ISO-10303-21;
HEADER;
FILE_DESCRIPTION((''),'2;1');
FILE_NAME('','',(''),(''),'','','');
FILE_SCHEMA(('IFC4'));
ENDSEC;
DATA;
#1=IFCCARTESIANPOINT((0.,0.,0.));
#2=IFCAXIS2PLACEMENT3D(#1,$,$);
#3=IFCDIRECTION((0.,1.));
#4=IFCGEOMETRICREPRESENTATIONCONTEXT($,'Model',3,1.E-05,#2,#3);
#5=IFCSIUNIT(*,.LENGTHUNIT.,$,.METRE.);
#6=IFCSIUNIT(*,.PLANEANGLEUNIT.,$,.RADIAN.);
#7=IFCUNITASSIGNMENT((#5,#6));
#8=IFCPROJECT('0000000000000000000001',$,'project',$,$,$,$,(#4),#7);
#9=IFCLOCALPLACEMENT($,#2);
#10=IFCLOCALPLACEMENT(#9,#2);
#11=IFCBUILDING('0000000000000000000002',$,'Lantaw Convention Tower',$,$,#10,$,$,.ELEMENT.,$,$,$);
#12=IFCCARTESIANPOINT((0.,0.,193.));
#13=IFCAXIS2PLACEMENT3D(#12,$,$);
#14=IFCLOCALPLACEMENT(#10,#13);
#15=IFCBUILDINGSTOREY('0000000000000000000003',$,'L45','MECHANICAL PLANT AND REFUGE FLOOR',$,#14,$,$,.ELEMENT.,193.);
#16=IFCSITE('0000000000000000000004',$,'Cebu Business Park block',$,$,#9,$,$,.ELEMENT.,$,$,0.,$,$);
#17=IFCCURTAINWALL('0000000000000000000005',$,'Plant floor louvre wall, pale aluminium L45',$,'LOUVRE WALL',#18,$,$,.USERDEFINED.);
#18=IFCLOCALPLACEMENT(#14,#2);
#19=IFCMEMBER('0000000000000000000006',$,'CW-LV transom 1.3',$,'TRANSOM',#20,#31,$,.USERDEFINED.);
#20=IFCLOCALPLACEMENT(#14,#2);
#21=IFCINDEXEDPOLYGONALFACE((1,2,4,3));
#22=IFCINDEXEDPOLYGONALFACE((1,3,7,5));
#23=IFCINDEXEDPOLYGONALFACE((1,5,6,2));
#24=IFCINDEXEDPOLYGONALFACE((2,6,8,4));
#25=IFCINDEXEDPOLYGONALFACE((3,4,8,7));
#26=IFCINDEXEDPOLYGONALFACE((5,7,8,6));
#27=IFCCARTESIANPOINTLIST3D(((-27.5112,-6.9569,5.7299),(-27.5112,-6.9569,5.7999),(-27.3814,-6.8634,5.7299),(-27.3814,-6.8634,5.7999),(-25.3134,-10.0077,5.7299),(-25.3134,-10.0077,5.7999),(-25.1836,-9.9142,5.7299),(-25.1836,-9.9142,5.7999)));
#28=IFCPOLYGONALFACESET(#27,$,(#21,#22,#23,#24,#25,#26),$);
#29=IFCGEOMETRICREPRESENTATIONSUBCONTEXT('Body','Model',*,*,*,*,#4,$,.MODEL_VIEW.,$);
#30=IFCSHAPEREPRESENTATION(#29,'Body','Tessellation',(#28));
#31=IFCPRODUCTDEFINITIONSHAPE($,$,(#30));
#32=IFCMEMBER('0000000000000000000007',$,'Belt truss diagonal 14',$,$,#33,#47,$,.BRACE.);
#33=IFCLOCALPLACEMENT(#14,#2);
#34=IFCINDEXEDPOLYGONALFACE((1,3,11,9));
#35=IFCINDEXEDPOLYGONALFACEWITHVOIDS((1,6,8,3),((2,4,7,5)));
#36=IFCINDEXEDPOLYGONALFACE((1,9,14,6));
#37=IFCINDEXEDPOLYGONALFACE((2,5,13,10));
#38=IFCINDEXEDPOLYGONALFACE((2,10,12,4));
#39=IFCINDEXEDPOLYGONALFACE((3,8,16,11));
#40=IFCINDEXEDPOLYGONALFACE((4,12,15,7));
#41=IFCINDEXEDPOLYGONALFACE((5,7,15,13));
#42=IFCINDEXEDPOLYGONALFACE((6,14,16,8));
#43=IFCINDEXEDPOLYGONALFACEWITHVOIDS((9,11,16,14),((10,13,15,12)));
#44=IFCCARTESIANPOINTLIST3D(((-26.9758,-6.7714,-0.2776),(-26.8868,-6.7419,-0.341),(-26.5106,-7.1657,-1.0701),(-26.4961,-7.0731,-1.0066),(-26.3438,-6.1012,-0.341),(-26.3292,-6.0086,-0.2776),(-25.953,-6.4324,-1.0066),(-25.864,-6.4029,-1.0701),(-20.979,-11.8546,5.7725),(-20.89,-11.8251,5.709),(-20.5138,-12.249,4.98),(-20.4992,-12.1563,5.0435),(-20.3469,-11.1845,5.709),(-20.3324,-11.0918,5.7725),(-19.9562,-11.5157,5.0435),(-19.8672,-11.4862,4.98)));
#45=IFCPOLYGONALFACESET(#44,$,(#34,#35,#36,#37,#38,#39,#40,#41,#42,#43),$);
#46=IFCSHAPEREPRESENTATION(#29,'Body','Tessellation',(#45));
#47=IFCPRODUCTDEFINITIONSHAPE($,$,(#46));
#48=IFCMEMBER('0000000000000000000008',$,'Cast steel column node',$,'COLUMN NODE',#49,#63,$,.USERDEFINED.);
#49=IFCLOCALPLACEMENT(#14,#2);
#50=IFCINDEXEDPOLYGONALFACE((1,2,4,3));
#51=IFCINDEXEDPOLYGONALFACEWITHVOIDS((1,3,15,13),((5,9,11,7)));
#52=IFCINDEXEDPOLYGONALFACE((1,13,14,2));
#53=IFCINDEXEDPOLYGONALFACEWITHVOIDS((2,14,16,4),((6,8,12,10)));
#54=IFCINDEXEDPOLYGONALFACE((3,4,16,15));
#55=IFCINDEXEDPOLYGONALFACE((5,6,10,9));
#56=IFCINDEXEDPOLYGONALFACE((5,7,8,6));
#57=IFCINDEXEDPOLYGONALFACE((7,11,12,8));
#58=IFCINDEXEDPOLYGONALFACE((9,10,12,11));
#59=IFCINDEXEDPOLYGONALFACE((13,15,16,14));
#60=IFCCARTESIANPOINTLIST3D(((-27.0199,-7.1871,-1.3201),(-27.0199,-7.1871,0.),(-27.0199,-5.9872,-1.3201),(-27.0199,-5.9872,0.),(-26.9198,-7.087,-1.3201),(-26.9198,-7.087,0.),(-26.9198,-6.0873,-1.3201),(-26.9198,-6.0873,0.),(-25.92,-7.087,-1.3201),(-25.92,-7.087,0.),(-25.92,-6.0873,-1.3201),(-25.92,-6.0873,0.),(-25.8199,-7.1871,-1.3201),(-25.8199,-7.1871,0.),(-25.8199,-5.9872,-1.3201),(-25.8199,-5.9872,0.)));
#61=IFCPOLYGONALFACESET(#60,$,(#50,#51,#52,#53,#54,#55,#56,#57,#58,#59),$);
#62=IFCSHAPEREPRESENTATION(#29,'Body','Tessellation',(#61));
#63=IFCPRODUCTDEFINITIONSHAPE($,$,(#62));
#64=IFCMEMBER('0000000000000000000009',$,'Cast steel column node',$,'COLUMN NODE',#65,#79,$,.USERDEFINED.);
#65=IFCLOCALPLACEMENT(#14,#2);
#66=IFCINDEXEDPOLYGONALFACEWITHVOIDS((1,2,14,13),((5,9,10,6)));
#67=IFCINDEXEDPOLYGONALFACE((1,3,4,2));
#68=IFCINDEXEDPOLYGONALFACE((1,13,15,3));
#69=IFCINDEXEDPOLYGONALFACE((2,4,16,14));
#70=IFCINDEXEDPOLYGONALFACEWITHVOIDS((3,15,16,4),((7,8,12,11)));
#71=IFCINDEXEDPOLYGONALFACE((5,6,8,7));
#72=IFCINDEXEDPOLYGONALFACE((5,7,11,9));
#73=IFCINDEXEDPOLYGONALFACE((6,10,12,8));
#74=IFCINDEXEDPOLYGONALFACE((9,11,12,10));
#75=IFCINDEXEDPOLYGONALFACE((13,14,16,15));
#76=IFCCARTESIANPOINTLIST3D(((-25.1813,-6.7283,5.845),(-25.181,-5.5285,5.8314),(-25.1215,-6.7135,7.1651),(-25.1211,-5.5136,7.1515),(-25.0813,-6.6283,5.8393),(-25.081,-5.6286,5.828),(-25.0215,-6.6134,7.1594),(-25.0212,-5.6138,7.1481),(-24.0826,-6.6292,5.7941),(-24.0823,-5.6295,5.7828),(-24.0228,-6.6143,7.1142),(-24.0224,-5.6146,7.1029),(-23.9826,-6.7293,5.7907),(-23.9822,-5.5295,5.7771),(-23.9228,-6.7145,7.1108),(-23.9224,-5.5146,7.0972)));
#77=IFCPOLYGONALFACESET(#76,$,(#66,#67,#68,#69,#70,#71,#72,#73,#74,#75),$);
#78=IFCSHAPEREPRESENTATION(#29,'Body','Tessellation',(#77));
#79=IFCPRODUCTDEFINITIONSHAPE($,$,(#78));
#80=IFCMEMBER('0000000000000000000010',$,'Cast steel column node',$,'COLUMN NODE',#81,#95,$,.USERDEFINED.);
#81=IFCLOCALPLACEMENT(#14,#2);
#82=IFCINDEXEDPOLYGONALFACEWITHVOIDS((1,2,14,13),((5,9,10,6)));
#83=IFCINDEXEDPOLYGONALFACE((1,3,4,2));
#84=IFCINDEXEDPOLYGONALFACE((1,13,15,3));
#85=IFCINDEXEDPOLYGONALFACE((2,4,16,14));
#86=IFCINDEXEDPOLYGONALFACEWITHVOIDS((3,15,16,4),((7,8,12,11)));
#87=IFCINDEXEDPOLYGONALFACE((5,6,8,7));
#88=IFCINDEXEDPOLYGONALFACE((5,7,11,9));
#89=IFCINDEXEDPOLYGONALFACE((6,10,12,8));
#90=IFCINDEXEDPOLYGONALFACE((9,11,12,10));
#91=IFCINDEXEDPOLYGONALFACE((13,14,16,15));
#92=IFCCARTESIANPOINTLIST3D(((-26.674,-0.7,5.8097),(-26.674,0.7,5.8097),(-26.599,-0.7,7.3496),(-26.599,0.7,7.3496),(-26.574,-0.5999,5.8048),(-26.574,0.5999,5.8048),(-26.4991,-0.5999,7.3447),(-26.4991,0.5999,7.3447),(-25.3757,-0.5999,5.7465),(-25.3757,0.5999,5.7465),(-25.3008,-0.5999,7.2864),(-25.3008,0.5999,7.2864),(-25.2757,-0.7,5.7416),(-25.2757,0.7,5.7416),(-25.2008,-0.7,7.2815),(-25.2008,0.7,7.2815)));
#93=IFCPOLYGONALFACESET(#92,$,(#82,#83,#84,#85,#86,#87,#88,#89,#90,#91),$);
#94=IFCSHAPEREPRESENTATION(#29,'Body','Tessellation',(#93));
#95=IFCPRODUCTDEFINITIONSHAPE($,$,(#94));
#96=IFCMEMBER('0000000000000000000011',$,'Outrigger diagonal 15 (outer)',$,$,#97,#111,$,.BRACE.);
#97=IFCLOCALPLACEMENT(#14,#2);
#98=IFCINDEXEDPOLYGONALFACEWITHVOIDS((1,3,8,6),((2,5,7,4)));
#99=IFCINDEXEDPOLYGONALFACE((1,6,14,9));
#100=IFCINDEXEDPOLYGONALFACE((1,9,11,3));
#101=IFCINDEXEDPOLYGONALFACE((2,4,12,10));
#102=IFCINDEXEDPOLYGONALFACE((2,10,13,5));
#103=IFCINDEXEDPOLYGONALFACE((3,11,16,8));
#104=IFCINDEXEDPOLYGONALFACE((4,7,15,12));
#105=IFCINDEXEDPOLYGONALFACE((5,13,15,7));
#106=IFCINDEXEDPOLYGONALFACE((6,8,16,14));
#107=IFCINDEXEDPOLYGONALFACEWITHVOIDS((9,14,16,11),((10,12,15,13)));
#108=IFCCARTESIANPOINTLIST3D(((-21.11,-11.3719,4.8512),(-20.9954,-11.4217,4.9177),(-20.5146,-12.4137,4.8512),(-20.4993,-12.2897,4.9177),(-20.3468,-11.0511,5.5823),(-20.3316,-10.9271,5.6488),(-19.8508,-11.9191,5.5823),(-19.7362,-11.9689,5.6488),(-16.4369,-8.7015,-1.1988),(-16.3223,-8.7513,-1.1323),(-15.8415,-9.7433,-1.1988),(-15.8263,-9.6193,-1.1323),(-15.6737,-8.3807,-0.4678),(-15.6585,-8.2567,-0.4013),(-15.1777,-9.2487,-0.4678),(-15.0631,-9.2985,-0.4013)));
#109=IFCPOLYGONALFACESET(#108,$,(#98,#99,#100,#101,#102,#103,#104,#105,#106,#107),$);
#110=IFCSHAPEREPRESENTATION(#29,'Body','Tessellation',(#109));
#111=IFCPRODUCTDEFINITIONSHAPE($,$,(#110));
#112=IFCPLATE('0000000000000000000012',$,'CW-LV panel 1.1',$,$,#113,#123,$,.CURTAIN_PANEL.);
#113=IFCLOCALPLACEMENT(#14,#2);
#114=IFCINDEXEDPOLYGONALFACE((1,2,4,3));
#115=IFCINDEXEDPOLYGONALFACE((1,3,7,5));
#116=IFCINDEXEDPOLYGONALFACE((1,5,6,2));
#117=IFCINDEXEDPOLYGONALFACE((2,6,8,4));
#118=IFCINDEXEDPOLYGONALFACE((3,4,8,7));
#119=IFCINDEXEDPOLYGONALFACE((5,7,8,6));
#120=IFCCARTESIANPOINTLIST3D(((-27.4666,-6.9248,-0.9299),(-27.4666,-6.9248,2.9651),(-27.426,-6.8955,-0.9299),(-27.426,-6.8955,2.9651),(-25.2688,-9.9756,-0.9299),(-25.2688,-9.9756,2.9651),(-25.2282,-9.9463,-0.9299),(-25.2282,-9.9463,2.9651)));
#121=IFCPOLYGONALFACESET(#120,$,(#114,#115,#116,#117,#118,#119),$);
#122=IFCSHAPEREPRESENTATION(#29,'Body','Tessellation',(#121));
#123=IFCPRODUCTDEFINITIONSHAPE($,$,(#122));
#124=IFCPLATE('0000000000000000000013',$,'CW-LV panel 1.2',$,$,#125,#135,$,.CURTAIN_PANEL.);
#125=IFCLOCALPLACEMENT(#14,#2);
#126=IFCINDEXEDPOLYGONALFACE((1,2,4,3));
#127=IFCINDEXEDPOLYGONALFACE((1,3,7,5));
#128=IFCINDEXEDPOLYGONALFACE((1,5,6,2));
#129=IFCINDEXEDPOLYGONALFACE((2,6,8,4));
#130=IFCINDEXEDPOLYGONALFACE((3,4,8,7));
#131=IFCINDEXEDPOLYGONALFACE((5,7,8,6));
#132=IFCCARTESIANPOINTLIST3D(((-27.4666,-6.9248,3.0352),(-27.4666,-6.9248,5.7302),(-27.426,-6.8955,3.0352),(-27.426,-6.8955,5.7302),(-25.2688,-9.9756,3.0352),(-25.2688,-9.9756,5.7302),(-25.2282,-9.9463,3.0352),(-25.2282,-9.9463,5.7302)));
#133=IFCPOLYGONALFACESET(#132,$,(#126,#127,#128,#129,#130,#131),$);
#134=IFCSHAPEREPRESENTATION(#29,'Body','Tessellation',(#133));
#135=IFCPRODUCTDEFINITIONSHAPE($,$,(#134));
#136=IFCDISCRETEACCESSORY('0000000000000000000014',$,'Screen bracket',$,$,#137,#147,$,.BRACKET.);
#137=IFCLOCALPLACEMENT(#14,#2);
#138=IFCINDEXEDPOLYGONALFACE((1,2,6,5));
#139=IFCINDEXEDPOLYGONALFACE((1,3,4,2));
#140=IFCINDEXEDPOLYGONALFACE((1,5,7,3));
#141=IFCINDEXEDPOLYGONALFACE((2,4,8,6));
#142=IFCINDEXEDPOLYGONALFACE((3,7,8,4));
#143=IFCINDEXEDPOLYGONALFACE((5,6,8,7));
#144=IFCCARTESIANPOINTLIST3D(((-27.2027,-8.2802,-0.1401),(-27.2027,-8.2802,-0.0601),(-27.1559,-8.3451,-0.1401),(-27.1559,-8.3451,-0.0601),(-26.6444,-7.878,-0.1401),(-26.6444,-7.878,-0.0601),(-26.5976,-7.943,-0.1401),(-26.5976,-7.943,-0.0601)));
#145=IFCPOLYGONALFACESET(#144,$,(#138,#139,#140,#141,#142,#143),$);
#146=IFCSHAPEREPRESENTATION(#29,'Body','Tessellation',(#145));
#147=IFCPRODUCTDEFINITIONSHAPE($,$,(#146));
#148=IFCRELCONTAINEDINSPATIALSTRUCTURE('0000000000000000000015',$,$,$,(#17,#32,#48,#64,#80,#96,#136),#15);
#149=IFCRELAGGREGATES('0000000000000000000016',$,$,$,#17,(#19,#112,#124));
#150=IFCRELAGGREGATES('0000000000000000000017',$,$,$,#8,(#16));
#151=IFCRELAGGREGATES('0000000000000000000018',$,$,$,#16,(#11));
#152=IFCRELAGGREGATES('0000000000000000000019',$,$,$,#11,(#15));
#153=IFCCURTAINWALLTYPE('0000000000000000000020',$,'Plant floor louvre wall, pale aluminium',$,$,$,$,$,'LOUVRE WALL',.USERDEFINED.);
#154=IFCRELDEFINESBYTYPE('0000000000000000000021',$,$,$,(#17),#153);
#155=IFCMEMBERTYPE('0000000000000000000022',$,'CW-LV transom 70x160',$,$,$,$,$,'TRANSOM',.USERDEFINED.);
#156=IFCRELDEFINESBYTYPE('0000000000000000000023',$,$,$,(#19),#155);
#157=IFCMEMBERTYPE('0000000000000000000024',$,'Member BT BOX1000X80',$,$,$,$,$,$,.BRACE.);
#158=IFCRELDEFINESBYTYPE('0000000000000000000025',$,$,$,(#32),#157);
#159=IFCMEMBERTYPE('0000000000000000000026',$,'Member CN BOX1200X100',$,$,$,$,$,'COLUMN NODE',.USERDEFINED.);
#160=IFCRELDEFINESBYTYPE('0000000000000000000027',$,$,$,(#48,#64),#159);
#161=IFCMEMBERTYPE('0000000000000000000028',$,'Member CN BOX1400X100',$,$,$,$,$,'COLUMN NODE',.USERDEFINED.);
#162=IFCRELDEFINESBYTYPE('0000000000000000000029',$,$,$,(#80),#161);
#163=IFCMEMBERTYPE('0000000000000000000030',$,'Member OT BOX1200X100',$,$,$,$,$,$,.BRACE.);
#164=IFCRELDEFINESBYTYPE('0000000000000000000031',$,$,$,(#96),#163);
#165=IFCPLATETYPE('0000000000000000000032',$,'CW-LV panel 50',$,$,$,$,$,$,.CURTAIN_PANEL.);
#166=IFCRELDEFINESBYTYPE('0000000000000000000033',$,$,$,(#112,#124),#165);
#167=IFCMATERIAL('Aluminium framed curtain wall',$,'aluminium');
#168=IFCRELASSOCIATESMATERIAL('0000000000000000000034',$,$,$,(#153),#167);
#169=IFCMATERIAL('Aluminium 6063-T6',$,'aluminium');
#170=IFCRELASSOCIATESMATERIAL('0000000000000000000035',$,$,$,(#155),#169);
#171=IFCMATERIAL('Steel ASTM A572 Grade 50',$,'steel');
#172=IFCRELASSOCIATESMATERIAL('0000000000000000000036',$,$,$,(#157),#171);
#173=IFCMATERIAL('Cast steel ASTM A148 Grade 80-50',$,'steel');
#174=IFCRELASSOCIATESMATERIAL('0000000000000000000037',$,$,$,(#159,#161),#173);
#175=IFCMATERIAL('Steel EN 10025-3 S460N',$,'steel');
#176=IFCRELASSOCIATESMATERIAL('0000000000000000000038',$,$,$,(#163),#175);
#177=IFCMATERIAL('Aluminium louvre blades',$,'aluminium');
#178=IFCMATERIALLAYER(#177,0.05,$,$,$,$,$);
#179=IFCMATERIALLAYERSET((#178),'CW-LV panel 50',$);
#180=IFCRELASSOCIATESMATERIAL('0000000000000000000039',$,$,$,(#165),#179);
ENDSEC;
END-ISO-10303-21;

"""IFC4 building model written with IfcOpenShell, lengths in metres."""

from ifc_helpers import new_model, si_unit, direction, frame, origin, origin_2d, place, context, subcontext, project, spatial, rectangle, hollow_rectangle, extrude, material, layer, layer_set, material_profile, profile_set, type_object, element, aggregate, save


model = new_model("IFC4")

# Units and contexts
model_context = context("Model", 3, precision=1e-05, world=origin(), true_north=direction((0.0, 1.0)))
body_context = subcontext(model_context, "Body", "Model", "MODEL_VIEW")
ifc_project = project(units=[si_unit("LENGTHUNIT", "METRE"), si_unit("PLANEANGLEUNIT", "RADIAN")], contexts=[model_context])

# Site, building, storey
site_placement = place(None, origin())
site = spatial("IfcSite", under=ifc_project, at=site_placement, Name="Cebu Business Park block", CompositionType="ELEMENT", RefElevation=0.0)
building_placement = place(site_placement, origin())
building = spatial("IfcBuilding", under=site, at=building_placement, Name="Lantaw Convention Tower", CompositionType="ELEMENT")
storey_placement = place(building_placement, frame((0.0, 0.0, 193.0)))
storey = spatial("IfcBuildingStorey", under=building, at=storey_placement, Name="L45", Description="MECHANICAL PLANT AND REFUGE FLOOR", CompositionType="ELEMENT", Elevation=193.0)

# Shared definitions
ifc_material_1 = material(Name="Steel EN 10025-3 S460N", Category="steel")

# Curtain wall, member
ifc_material_2 = material(Name="Aluminium framed curtain wall", Category="aluminium")
curtain_wall_type = type_object("IfcCurtainWallType", Name="Plant floor louvre wall, pale aluminium", ElementType="LOUVRE WALL", PredefinedType="USERDEFINED", material=ifc_material_2)
curtain_wall_placement = place(storey_placement, origin())
curtain_wall = element("IfcCurtainWall", 1, at=curtain_wall_placement, inside=storey, type_object=curtain_wall_type, Name="Plant floor louvre wall, pale aluminium L45", ObjectType="LOUVRE WALL", PredefinedType="USERDEFINED")
ifc_material_3 = material(Name="Aluminium 6063-T6", Category="aluminium")
ifc_material_profile_1 = material_profile(ifc_material_3, rectangle(XDim=0.1599, YDim=0.0701, at=origin_2d()), Name="CW-LV transom 70x160")
ifc_profile_set_1 = profile_set([ifc_material_profile_1], Name="Aluminium 6063-T6")
member_type_1 = type_object("IfcMemberType", Name="CW-LV transom 70x160", ElementType="TRANSOM", PredefinedType="USERDEFINED", material=ifc_profile_set_1)
member_1_placement = place(storey_placement, frame((-27.4463, -6.9102, 5.7649), z_axis=(0.584513, -0.811384, 0.0), x_axis=(0.811384, 0.584513, 0.0)))
member_1 = element("IfcMember", 2, at=member_1_placement, type_object=member_type_1, Name="CW-LV transom 1.3", ObjectType="TRANSOM", PredefinedType="USERDEFINED", context=body_context, shape_type="SweptSolid", body=[
    extrude(rectangle(XDim=0.1599, YDim=0.0701, at=origin_2d()), origin(), (0.0, 0.0, 1.0), 3.76),
])

# Members
ifc_material_4 = material(Name="Steel ASTM A572 Grade 50", Category="steel")
ifc_material_profile_2 = material_profile(ifc_material_4, hollow_rectangle(XDim=1.0, YDim=1.0, WallThickness=0.0801, at=origin_2d()), Name="BOX1000X80")
ifc_profile_set_2 = profile_set([ifc_material_profile_2], Name="Steel ASTM A572 Grade 50")
member_type_2 = type_object("IfcMemberType", Name="Member BT BOX1000X80", PredefinedType="BRACE", material=ifc_profile_set_2)
member_2_placement = place(storey_placement, frame((-26.4199, -6.5872, -0.6738), z_axis=(0.604525, -0.51243, 0.60989), x_axis=(0.64661, 0.762821, 0.0)))
element("IfcMember", 3, at=member_2_placement, inside=storey, type_object=member_type_2, Name="Belt truss diagonal 14", PredefinedType="BRACE", context=body_context, shape_type="SweptSolid", body=[
    extrude(hollow_rectangle(XDim=1.0, YDim=1.0, WallThickness=0.0801, at=origin_2d()), origin(), (0.0, 0.0, 1.0), 9.9199),
])
ifc_material_5 = material(Name="Cast steel ASTM A148 Grade 80-50", Category="steel")
ifc_material_profile_3 = material_profile(ifc_material_5, hollow_rectangle(XDim=1.2, YDim=1.2, WallThickness=0.1001, at=origin_2d()), Name="BOX1200X100")
ifc_profile_set_3 = profile_set([ifc_material_profile_3], Name="Cast steel ASTM A148 Grade 80-50")
member_type_3 = type_object("IfcMemberType", Name="Member CN BOX1200X100", ElementType="COLUMN NODE", PredefinedType="USERDEFINED", material=ifc_profile_set_3)
member_3_placement = place(storey_placement, frame((-26.4199, -6.5872, -1.3201), z_axis=(0.0, 0.0, 1.0), x_axis=(1.0, 0.0, 0.0)))
element("IfcMember", 4, at=member_3_placement, inside=storey, type_object=member_type_3, Name="Cast steel column node", ObjectType="COLUMN NODE", PredefinedType="USERDEFINED", context=body_context, shape_type="SweptSolid", body=[
    extrude(hollow_rectangle(XDim=1.2, YDim=1.2, WallThickness=0.1001, at=origin_2d()), origin(), (0.0, 0.0, 1.0), 1.3201),
])
member_4_placement = place(storey_placement, frame((-24.5818, -6.1289, 5.811), z_axis=(0.045262, 0.011269, 0.998912), x_axis=(0.998975, -0.000833, -0.045256)))
element("IfcMember", 5, at=member_4_placement, inside=storey, type_object=member_type_3, Name="Cast steel column node", ObjectType="COLUMN NODE", PredefinedType="USERDEFINED", context=body_context, shape_type="SweptSolid", body=[
    extrude(hollow_rectangle(XDim=1.2, YDim=1.2, WallThickness=0.1001, at=origin_2d()), origin(), (0.0, 0.0, 1.0), 1.3215),
])
ifc_material_profile_4 = material_profile(ifc_material_5, hollow_rectangle(XDim=1.3999, YDim=1.3999, WallThickness=0.1001, at=origin_2d()), Name="BOX1400X100")
ifc_profile_set_4 = profile_set([ifc_material_profile_4], Name="Cast steel ASTM A148 Grade 80-50")
member_type_4 = type_object("IfcMemberType", Name="Member CN BOX1400X100", ElementType="COLUMN NODE", PredefinedType="USERDEFINED", material=ifc_profile_set_4)
member_5_placement = place(storey_placement, frame((-25.9749, 0.0, 5.7756), z_axis=(0.048611, 0.0, 0.998818), x_axis=(0.998818, 0.0, -0.048611)))
element("IfcMember", 6, at=member_5_placement, inside=storey, type_object=member_type_4, Name="Cast steel column node", ObjectType="COLUMN NODE", PredefinedType="USERDEFINED", context=body_context, shape_type="SweptSolid", body=[
    extrude(hollow_rectangle(XDim=1.3999, YDim=1.3999, WallThickness=0.1001, at=origin_2d()), origin(), (0.0, 0.0, 1.0), 1.5417),
])
ifc_material_profile_5 = material_profile(ifc_material_1, hollow_rectangle(XDim=1.2, YDim=1.2, WallThickness=0.1001, at=origin_2d()), Name="BOX1200X100")
ifc_profile_set_5 = profile_set([ifc_material_profile_5], Name="Steel EN 10025-3 S460N")
member_type_5 = type_object("IfcMemberType", Name="Member OT BOX1200X100", PredefinedType="BRACE", material=ifc_profile_set_5)
member_6_placement = place(storey_placement, frame((-15.75, -9.0, -0.8), z_axis=(-0.577093, -0.329776, 0.747136), x_axis=(0.496149, -0.868238, 0.0)))
element("IfcMember", 7, at=member_6_placement, inside=storey, type_object=member_type_5, Name="Outrigger diagonal 15 (outer)", PredefinedType="BRACE", context=body_context, shape_type="SweptSolid", body=[
    extrude(hollow_rectangle(XDim=1.2, YDim=1.2, WallThickness=0.1001, at=origin_2d()), origin(), (0.0, 0.0, 1.0), 8.0977),
])

# Plates
ifc_material_6 = material(Name="Aluminium louvre blades", Category="aluminium")
ifc_layer = layer(ifc_material_6, 0.05)
ifc_layer_set = layer_set([ifc_layer], Name="CW-LV panel 50")
plate_type = type_object("IfcPlateType", Name="CW-LV panel 50", PredefinedType="CURTAIN_PANEL", material=ifc_layer_set)
plate_1_placement = place(storey_placement, frame((-26.3474, -8.4355, -0.9299), z_axis=(0.0, 0.0, 1.0), x_axis=(0.584513, -0.811385, 0.0)))
plate_1 = element("IfcPlate", 8, at=plate_1_placement, type_object=plate_type, Name="CW-LV panel 1.1", PredefinedType="CURTAIN_PANEL", context=body_context, shape_type="SweptSolid", body=[
    extrude(rectangle(XDim=3.76, YDim=0.05, at=origin_2d()), origin(), (0.0, 0.0, 1.0), 3.895),
])
plate_2_placement = place(storey_placement, frame((-26.3474, -8.4355, 3.0352), z_axis=(0.0, 0.0, 1.0), x_axis=(0.584513, -0.811385, 0.0)))
plate_2 = element("IfcPlate", 9, at=plate_2_placement, type_object=plate_type, Name="CW-LV panel 1.2", PredefinedType="CURTAIN_PANEL", context=body_context, shape_type="SweptSolid", body=[
    extrude(rectangle(XDim=3.76, YDim=0.05, at=origin_2d()), origin(), (0.0, 0.0, 1.0), 2.6951),
])
aggregate(curtain_wall, [member_1, plate_1, plate_2])

# Discrete accessory
discrete_accessory_placement = place(storey_placement, frame((-26.9001, -8.1116, -0.1401), z_axis=(0.0, 0.0, 1.0), x_axis=(0.584513, -0.811385, 0.0)))
element("IfcDiscreteAccessory", 10, at=discrete_accessory_placement, inside=storey, Name="Screen bracket", PredefinedType="BRACKET", context=body_context, shape_type="SweptSolid", body=[
    extrude(rectangle(XDim=0.0801, YDim=0.688, at=origin_2d()), origin(), (0.0, 0.0, 1.0), 0.0801),
])

save(model, "model.ifc")
